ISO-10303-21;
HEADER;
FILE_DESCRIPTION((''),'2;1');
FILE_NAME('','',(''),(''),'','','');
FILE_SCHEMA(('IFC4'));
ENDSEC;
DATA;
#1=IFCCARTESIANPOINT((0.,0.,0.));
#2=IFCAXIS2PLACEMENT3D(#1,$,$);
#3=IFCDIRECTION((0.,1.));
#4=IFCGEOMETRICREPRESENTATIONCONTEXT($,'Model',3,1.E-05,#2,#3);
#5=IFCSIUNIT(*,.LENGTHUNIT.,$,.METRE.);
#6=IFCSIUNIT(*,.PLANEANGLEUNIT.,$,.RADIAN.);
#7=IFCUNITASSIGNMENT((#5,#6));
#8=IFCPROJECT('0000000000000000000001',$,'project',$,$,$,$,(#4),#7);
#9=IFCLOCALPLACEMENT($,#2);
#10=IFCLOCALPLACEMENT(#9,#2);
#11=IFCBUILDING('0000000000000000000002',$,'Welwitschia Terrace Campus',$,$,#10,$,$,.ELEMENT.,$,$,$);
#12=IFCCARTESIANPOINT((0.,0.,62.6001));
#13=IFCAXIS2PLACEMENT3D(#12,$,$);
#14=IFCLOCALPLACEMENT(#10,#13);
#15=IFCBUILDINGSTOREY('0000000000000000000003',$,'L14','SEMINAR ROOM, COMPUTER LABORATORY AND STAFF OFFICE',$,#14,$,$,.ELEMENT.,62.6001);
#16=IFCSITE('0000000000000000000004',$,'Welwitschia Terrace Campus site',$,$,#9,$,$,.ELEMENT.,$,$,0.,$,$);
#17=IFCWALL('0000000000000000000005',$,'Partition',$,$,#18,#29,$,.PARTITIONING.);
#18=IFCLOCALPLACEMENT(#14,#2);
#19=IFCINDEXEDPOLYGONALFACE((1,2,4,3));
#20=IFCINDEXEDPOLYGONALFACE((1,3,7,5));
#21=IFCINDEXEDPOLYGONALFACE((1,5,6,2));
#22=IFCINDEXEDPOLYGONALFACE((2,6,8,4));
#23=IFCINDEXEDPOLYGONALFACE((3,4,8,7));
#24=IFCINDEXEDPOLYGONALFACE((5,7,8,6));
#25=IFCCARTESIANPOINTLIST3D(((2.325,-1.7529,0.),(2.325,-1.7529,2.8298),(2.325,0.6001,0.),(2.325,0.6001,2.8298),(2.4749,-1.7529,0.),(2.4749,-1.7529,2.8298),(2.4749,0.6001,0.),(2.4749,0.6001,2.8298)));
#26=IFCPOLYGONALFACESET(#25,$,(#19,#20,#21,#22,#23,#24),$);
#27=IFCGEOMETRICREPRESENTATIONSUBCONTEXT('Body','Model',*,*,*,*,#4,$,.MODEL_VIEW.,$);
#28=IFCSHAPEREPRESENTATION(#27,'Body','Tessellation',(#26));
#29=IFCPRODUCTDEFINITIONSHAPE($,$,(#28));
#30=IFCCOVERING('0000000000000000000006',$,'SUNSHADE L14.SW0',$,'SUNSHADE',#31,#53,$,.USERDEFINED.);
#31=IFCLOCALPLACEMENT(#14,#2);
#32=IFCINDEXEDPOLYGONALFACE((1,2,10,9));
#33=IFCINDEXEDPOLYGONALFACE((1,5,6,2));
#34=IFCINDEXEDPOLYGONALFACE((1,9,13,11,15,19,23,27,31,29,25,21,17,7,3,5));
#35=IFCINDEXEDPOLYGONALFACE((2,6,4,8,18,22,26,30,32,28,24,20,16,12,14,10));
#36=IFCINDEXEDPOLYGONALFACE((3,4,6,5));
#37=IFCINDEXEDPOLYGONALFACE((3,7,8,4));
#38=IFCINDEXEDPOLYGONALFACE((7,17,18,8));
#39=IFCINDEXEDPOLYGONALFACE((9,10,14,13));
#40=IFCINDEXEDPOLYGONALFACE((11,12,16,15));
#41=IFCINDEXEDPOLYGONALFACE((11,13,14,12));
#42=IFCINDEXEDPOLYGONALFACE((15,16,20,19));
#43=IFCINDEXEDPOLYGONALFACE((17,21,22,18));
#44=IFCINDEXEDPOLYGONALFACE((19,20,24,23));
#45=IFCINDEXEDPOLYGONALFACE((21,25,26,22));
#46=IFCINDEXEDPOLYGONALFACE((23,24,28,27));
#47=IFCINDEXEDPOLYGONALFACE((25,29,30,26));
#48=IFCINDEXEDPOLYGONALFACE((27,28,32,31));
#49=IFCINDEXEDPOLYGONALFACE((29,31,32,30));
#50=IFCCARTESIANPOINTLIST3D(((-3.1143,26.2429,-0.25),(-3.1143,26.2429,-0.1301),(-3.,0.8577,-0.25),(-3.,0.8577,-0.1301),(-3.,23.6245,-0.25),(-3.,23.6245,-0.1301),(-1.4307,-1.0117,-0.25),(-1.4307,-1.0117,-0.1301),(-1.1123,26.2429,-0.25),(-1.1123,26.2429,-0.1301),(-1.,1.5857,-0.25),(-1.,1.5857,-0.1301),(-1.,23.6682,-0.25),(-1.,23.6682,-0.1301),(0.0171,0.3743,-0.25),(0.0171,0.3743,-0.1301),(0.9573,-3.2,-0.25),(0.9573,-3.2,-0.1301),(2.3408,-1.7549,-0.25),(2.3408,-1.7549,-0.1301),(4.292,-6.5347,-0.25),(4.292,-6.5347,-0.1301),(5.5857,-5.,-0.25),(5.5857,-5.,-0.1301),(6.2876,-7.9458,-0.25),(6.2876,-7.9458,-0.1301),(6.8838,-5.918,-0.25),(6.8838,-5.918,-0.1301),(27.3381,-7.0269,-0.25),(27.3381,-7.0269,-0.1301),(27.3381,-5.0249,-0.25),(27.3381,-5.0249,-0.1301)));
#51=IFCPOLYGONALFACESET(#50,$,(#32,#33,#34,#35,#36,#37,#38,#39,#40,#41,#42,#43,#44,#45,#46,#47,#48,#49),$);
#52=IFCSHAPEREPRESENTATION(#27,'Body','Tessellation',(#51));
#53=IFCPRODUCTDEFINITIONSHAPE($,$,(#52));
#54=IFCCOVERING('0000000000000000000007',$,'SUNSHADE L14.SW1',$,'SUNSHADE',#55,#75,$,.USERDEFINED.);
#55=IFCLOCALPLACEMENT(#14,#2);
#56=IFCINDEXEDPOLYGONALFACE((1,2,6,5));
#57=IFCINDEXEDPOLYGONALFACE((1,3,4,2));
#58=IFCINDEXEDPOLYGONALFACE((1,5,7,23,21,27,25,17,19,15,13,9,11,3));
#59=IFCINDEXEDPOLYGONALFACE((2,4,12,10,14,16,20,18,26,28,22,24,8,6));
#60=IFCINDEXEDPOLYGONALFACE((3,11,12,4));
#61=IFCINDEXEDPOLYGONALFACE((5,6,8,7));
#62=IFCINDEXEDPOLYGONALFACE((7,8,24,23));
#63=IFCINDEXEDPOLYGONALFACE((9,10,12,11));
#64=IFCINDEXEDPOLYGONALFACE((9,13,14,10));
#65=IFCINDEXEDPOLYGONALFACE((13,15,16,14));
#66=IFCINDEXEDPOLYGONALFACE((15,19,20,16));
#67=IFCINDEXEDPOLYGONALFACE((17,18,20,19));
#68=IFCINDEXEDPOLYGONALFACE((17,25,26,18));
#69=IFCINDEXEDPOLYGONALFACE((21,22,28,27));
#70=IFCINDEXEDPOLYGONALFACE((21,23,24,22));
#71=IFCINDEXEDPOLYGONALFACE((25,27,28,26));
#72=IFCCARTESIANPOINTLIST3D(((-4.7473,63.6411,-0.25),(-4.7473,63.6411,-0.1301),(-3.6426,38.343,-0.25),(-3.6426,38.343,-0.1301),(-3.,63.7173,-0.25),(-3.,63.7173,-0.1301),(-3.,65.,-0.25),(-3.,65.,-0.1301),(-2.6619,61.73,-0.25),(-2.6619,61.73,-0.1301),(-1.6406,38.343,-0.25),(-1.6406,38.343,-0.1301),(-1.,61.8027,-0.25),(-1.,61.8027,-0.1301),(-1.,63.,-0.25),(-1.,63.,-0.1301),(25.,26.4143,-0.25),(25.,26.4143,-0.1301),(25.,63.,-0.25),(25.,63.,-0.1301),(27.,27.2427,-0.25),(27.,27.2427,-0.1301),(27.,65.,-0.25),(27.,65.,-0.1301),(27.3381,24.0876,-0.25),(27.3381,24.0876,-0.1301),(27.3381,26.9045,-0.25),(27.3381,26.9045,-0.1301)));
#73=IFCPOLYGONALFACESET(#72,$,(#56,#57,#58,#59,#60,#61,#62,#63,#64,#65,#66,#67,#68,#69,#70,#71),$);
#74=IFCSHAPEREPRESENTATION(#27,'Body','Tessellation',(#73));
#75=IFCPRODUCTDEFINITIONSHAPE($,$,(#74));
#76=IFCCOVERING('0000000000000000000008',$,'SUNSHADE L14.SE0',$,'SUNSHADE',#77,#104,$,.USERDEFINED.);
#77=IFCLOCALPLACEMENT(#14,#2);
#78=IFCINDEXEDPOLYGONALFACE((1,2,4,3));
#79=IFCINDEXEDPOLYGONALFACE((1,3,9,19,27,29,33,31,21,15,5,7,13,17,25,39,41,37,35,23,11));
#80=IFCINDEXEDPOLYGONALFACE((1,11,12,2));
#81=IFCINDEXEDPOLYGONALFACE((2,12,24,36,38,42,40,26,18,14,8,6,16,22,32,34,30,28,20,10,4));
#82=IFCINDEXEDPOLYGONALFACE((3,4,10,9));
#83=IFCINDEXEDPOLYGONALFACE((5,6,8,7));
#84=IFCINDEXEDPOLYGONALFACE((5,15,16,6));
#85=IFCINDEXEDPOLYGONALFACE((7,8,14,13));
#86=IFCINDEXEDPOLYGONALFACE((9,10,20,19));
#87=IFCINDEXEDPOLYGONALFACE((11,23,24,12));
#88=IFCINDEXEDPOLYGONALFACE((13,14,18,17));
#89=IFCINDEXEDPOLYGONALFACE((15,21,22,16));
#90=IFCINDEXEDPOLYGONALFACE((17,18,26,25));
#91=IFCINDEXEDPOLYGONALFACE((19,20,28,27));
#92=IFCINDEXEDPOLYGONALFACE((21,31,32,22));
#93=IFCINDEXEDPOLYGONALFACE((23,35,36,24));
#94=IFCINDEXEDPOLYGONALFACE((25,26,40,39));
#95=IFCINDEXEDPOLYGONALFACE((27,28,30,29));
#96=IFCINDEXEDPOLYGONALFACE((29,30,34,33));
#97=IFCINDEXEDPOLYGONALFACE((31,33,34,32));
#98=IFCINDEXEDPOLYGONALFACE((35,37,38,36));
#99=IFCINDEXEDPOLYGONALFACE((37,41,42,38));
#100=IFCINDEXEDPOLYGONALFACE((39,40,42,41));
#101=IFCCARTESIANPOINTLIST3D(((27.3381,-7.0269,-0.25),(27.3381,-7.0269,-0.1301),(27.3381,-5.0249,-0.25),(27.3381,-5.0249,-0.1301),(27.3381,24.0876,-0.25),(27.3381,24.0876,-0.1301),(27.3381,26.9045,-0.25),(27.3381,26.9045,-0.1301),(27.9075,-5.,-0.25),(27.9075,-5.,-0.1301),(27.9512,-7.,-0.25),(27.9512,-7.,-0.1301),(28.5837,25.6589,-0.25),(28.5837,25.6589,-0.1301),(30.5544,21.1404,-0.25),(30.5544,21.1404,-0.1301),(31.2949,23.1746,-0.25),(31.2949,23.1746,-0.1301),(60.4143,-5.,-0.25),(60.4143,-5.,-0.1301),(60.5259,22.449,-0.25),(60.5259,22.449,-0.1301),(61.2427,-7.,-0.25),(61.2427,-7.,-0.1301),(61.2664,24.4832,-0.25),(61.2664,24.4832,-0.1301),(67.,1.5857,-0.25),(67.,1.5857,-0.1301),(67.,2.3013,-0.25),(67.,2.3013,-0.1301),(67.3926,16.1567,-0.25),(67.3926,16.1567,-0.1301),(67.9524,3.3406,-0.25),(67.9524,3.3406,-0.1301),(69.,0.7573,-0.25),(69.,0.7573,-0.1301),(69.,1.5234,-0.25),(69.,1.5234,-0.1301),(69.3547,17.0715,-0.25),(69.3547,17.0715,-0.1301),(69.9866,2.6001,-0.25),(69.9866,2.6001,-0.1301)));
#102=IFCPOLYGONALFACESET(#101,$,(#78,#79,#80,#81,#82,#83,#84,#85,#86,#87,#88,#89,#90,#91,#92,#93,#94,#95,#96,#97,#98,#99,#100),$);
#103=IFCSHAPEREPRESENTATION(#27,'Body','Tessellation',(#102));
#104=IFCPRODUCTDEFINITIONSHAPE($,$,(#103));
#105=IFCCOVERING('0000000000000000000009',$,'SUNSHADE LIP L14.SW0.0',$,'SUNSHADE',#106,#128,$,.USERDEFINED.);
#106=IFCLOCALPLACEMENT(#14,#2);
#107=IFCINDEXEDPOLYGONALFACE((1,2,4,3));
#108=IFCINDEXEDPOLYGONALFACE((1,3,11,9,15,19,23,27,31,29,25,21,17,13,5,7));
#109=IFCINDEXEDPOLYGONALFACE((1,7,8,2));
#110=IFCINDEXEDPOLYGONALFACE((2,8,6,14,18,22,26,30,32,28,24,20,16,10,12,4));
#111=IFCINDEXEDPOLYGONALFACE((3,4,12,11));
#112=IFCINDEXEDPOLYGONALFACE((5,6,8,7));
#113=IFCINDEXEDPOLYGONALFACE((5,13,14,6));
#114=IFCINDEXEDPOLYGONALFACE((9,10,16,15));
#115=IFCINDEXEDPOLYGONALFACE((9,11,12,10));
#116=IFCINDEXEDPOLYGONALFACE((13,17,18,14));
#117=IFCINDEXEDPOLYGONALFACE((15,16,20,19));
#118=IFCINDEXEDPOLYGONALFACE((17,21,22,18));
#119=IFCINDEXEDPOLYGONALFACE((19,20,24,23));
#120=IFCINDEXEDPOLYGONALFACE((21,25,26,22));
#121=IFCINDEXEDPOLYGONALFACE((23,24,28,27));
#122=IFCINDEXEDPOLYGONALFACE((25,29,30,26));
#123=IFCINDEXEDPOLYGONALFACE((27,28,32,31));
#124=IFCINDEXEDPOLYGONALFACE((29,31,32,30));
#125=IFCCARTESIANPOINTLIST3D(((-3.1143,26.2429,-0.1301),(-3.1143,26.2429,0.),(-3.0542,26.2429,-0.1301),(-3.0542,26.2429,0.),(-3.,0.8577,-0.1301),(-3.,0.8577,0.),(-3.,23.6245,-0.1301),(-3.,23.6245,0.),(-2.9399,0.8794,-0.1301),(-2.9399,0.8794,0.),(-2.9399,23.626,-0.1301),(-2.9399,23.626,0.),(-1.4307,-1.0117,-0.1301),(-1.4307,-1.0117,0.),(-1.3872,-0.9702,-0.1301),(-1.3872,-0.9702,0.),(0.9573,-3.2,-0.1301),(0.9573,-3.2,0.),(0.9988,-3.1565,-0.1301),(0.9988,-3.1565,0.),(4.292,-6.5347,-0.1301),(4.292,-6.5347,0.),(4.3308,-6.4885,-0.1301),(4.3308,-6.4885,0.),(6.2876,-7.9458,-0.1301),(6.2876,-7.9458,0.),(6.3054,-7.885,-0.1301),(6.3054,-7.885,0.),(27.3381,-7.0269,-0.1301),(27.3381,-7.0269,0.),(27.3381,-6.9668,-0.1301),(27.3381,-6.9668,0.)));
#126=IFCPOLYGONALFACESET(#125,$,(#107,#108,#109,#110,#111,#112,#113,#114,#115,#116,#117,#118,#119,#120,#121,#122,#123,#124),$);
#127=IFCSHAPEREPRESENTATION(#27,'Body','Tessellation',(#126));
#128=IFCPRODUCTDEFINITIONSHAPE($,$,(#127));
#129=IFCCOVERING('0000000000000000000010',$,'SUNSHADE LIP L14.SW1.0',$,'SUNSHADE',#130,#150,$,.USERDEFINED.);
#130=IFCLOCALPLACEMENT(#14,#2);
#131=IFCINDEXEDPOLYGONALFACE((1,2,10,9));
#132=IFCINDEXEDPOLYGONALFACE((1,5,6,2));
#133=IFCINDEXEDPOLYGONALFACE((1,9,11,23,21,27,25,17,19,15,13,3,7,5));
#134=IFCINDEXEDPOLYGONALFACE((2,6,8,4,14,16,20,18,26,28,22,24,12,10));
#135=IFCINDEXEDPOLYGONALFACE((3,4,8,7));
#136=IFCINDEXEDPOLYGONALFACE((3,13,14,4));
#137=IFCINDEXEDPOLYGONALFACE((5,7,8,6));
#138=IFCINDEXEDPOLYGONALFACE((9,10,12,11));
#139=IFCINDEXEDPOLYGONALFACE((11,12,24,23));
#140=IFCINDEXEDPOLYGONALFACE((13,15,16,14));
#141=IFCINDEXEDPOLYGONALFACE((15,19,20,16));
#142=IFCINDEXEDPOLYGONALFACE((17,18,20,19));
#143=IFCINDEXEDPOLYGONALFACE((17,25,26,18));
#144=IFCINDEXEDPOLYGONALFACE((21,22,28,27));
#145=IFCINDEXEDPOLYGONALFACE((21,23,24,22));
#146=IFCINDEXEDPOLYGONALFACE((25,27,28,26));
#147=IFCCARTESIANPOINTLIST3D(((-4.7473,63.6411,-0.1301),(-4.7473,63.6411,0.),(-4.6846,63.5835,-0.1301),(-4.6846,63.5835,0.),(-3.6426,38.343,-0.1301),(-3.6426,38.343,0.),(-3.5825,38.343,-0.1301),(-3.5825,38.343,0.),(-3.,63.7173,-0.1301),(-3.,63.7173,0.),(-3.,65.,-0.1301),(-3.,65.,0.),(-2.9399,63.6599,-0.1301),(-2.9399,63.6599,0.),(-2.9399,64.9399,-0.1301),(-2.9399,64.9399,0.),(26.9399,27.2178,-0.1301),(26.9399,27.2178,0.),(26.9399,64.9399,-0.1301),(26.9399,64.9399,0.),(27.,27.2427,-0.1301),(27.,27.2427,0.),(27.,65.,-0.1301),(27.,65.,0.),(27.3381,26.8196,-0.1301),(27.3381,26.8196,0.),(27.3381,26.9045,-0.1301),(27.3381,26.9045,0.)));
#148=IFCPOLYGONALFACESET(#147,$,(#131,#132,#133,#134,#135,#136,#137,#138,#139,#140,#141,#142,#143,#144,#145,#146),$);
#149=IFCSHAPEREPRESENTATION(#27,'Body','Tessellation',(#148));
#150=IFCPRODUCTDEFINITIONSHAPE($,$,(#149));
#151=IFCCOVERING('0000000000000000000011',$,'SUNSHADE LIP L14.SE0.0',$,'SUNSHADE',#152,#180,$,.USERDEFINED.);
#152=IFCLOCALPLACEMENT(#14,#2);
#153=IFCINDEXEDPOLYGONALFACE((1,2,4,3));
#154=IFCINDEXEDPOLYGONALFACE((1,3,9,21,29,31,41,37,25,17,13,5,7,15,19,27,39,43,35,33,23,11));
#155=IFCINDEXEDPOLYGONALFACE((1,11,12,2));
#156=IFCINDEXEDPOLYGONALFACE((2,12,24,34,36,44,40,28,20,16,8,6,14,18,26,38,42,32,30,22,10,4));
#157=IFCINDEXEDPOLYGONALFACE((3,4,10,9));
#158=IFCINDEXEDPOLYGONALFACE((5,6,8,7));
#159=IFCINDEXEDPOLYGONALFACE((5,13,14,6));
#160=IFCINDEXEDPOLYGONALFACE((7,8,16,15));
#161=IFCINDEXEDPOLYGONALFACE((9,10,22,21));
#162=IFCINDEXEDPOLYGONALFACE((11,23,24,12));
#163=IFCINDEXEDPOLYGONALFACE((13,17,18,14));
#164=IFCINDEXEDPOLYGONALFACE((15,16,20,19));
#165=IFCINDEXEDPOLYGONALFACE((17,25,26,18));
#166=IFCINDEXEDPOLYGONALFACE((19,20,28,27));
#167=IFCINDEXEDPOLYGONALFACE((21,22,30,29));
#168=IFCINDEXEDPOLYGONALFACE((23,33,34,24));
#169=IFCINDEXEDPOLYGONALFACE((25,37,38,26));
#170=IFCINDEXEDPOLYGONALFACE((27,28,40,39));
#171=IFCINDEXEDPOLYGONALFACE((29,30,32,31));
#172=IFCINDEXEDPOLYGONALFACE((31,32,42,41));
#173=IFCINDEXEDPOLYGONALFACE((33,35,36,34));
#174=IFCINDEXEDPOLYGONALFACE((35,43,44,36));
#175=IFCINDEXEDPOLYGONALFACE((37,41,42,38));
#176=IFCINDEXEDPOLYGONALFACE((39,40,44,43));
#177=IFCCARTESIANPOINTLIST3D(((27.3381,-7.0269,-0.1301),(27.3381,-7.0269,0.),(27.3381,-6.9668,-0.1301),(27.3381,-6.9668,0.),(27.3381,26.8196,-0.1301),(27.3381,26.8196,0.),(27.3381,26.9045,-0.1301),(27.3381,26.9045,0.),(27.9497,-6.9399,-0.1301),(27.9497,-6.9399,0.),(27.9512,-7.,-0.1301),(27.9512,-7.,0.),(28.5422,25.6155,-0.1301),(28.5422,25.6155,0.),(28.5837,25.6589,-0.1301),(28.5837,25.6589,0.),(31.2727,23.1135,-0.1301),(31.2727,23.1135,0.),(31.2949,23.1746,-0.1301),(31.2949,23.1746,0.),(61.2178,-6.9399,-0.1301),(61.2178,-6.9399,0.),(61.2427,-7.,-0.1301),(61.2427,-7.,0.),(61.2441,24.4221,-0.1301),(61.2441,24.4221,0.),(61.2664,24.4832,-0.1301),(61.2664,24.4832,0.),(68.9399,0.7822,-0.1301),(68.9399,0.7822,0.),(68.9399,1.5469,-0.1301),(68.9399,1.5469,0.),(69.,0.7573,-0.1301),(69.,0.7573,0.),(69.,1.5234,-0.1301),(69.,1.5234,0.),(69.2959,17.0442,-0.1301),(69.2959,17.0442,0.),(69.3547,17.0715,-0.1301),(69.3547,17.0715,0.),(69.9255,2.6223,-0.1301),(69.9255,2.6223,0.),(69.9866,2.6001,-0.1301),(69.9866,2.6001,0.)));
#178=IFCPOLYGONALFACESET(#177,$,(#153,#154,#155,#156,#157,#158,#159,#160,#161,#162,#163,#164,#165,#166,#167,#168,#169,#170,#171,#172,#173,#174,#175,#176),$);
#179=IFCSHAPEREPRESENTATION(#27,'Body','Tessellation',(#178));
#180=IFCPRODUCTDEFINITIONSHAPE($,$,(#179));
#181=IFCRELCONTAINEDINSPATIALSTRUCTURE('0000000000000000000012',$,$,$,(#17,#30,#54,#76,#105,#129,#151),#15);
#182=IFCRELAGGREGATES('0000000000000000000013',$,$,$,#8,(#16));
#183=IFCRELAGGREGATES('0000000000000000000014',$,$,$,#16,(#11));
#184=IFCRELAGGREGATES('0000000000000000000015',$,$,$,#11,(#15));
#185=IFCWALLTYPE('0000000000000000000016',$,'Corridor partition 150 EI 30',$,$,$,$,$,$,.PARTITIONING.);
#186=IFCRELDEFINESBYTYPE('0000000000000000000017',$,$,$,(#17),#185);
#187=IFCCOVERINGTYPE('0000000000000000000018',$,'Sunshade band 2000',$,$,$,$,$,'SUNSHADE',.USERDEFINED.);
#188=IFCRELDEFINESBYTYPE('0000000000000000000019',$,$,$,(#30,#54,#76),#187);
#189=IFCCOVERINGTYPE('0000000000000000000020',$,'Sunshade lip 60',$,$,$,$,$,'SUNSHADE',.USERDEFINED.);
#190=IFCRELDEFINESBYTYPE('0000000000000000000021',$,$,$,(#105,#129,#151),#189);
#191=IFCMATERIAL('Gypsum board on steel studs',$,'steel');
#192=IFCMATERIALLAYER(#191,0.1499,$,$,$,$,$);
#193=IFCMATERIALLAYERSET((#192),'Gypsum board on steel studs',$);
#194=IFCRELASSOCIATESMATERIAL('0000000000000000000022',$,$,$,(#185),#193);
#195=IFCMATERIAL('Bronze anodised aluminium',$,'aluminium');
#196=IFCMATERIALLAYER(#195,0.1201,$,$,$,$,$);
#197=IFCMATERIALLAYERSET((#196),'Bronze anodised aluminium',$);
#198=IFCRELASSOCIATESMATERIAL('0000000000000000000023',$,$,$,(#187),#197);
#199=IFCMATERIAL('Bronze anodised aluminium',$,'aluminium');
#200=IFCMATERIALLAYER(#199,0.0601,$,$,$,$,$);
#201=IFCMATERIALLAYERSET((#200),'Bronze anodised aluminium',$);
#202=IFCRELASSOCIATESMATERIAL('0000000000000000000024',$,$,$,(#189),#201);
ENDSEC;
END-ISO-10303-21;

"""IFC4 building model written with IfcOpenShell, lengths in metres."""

from ifc_helpers import new_model, si_unit, direction, frame, frame_2d, origin, place, context, subcontext, project, spatial, polyline, rectangle, outline, extrude, material, layer, layer_set, type_object, element, save


model = new_model("IFC4")

# Units and contexts
model_context = context("Model", 3, precision=1e-05, world=origin(), true_north=direction((0.0, 1.0)))
body_context = subcontext(model_context, "Body", "Model", "MODEL_VIEW")
ifc_project = project(units=[si_unit("LENGTHUNIT", "METRE"), si_unit("PLANEANGLEUNIT", "RADIAN")], contexts=[model_context])

# Site, building, storey
site_placement = place(None, origin())
site = spatial("IfcSite", under=ifc_project, at=site_placement, Name="Welwitschia Terrace Campus site", CompositionType="ELEMENT", RefElevation=0.0)
building_placement = place(site_placement, origin())
building = spatial("IfcBuilding", under=site, at=building_placement, Name="Welwitschia Terrace Campus", CompositionType="ELEMENT")
storey_placement = place(building_placement, frame((0.0, 0.0, 62.6001)))
storey = spatial("IfcBuildingStorey", under=building, at=storey_placement, Name="L14", Description="SEMINAR ROOM, COMPUTER LABORATORY AND STAFF OFFICE", CompositionType="ELEMENT", Elevation=62.6001)

# Wall
ifc_material_1 = material(Name="Gypsum board on steel studs", Category="steel")
ifc_layer_1 = layer(ifc_material_1, 0.1499)
ifc_layer_set_1 = layer_set([ifc_layer_1], Name="Gypsum board on steel studs")
wall_type = type_object("IfcWallType", Name="Corridor partition 150 EI 30", PredefinedType="PARTITIONING", material=ifc_layer_set_1)
wall_placement = place(storey_placement, frame((2.3999, -1.7529, 0.0), z_axis=(0.0, 0.0, 1.0), x_axis=(0.0, 1.0, 0.0)))
element("IfcWall", 1, at=wall_placement, inside=storey, type_object=wall_type, Name="Partition", PredefinedType="PARTITIONING", context=body_context, shape_type="SweptSolid", body=[
    extrude(rectangle(XDim=2.353, YDim=0.1499, at=frame_2d((1.1765, 0.0))), origin(), (0.0, 0.0, 1.0), 2.8298),
])

# Coverings
ifc_material_2 = material(Name="Bronze anodised aluminium", Category="aluminium")
ifc_layer_2 = layer(ifc_material_2, 0.1201)
ifc_layer_set_2 = layer_set([ifc_layer_2], Name="Bronze anodised aluminium")
covering_type_1 = type_object("IfcCoveringType", Name="Sunshade band 2000", ElementType="SUNSHADE", PredefinedType="USERDEFINED", material=ifc_layer_set_2)
covering_1_placement = place(storey_placement, frame((0.0, 0.0, -0.25)))
element("IfcCovering", 2, at=covering_1_placement, inside=storey, type_object=covering_type_1, Name="SUNSHADE L14.SW0", ObjectType="SUNSHADE", PredefinedType="USERDEFINED", context=body_context, shape_type="SweptSolid", body=[
    extrude(outline(polyline([(-1.1123, 26.2429), (-1.0, 23.6682), (-1.0, 1.5857), (0.0171, 0.3743), (2.3408, -1.7549), (5.5857, -5.0), (6.8838, -5.918), (27.3381, -5.0249), (27.3381, -7.0269), (6.2876, -7.9458), (4.292, -6.5347), (0.9573, -3.2), (-1.4307, -1.0117), (-3.0, 0.8577), (-3.0, 23.6245), (-3.1143, 26.2429), (-1.1123, 26.2429)])), origin(), (0.0, 0.0, 1.0), 0.1199),
])
covering_2_placement = place(storey_placement, frame((0.0, 0.0, -0.25)))
element("IfcCovering", 3, at=covering_2_placement, inside=storey, type_object=covering_type_1, Name="SUNSHADE L14.SW1", ObjectType="SUNSHADE", PredefinedType="USERDEFINED", context=body_context, shape_type="SweptSolid", body=[
    extrude(outline(polyline([(27.3381, 24.0876), (25.0, 26.4143), (25.0, 63.0), (-1.0, 63.0), (-1.0, 61.8027), (-2.6619, 61.73), (-1.6406, 38.343), (-3.6426, 38.343), (-4.7473, 63.6411), (-3.0, 63.7173), (-3.0, 65.0), (27.0, 65.0), (27.0, 27.2427), (27.3381, 26.9045), (27.3381, 24.0876)])), origin(), (0.0, 0.0, 1.0), 0.1199),
])
covering_3_placement = place(storey_placement, frame((0.0, 0.0, -0.25)))
element("IfcCovering", 4, at=covering_3_placement, inside=storey, type_object=covering_type_1, Name="SUNSHADE L14.SE0", ObjectType="SUNSHADE", PredefinedType="USERDEFINED", context=body_context, shape_type="SweptSolid", body=[
    extrude(outline(polyline([(27.9075, -5.0), (60.4143, -5.0), (67.0, 1.5857), (67.0, 2.3013), (67.9524, 3.3406), (67.3926, 16.1567), (60.5259, 22.449), (30.5544, 21.1404), (27.3381, 24.0876), (27.3381, 26.9045), (28.5837, 25.6589), (31.2949, 23.1746), (61.2664, 24.4832), (69.3547, 17.0715), (69.9866, 2.6001), (69.0, 1.5234), (69.0, 0.7573), (61.2427, -7.0), (27.9512, -7.0), (27.3381, -7.0269), (27.3381, -5.0249), (27.9075, -5.0)])), origin(), (0.0, 0.0, 1.0), 0.1199),
])
ifc_material_3 = material(Name="Bronze anodised aluminium", Category="aluminium")
ifc_layer_3 = layer(ifc_material_3, 0.0601)
ifc_layer_set_3 = layer_set([ifc_layer_3], Name="Bronze anodised aluminium")
covering_type_2 = type_object("IfcCoveringType", Name="Sunshade lip 60", ElementType="SUNSHADE", PredefinedType="USERDEFINED", material=ifc_layer_set_3)
covering_4_placement = place(storey_placement, frame((0.0, 0.0, -0.1301)))
element("IfcCovering", 5, at=covering_4_placement, inside=storey, type_object=covering_type_2, Name="SUNSHADE LIP L14.SW0.0", ObjectType="SUNSHADE", PredefinedType="USERDEFINED", context=body_context, shape_type="SweptSolid", body=[
    extrude(outline(polyline([(27.3381, -7.0269), (6.2876, -7.9458), (4.292, -6.5347), (0.9573, -3.2), (-1.4307, -1.0117), (-3.0, 0.8577), (-3.0, 23.6245), (-3.1143, 26.2429), (-3.0542, 26.2429), (-2.9399, 23.626), (-2.9399, 0.8794), (-1.3872, -0.9702), (0.9988, -3.1565), (4.3308, -6.4885), (6.3054, -7.885), (27.3381, -6.9668), (27.3381, -7.0269)])), origin(), (0.0, 0.0, 1.0), 0.1301),
])
covering_5_placement = place(storey_placement, frame((0.0, 0.0, -0.1301)))
element("IfcCovering", 6, at=covering_5_placement, inside=storey, type_object=covering_type_2, Name="SUNSHADE LIP L14.SW1.0", ObjectType="SUNSHADE", PredefinedType="USERDEFINED", context=body_context, shape_type="SweptSolid", body=[
    extrude(outline(polyline([(-3.6426, 38.343), (-4.7473, 63.6411), (-3.0, 63.7173), (-3.0, 65.0), (27.0, 65.0), (27.0, 27.2427), (27.3381, 26.9045), (27.3381, 26.8196), (26.9399, 27.2178), (26.9399, 64.9399), (-2.9399, 64.9399), (-2.9399, 63.6599), (-4.6846, 63.5835), (-3.5825, 38.343), (-3.6426, 38.343)])), origin(), (0.0, 0.0, 1.0), 0.1301),
])
covering_6_placement = place(storey_placement, frame((0.0, 0.0, -0.1301)))
element("IfcCovering", 7, at=covering_6_placement, inside=storey, type_object=covering_type_2, Name="SUNSHADE LIP L14.SE0.0", ObjectType="SUNSHADE", PredefinedType="USERDEFINED", context=body_context, shape_type="SweptSolid", body=[
    extrude(outline(polyline([(27.3381, 26.9045), (28.5837, 25.6589), (31.2949, 23.1746), (61.2664, 24.4832), (69.3547, 17.0715), (69.9866, 2.6001), (69.0, 1.5234), (69.0, 0.7573), (61.2427, -7.0), (27.9512, -7.0), (27.3381, -7.0269), (27.3381, -6.9668), (27.9497, -6.9399), (61.2178, -6.9399), (68.9399, 0.7822), (68.9399, 1.5469), (69.9255, 2.6223), (69.2959, 17.0442), (61.2441, 24.4221), (31.2727, 23.1135), (28.5422, 25.6155), (27.3381, 26.8196), (27.3381, 26.9045)])), origin(), (0.0, 0.0, 1.0), 0.1301),
])

save(model, "model.ifc")
